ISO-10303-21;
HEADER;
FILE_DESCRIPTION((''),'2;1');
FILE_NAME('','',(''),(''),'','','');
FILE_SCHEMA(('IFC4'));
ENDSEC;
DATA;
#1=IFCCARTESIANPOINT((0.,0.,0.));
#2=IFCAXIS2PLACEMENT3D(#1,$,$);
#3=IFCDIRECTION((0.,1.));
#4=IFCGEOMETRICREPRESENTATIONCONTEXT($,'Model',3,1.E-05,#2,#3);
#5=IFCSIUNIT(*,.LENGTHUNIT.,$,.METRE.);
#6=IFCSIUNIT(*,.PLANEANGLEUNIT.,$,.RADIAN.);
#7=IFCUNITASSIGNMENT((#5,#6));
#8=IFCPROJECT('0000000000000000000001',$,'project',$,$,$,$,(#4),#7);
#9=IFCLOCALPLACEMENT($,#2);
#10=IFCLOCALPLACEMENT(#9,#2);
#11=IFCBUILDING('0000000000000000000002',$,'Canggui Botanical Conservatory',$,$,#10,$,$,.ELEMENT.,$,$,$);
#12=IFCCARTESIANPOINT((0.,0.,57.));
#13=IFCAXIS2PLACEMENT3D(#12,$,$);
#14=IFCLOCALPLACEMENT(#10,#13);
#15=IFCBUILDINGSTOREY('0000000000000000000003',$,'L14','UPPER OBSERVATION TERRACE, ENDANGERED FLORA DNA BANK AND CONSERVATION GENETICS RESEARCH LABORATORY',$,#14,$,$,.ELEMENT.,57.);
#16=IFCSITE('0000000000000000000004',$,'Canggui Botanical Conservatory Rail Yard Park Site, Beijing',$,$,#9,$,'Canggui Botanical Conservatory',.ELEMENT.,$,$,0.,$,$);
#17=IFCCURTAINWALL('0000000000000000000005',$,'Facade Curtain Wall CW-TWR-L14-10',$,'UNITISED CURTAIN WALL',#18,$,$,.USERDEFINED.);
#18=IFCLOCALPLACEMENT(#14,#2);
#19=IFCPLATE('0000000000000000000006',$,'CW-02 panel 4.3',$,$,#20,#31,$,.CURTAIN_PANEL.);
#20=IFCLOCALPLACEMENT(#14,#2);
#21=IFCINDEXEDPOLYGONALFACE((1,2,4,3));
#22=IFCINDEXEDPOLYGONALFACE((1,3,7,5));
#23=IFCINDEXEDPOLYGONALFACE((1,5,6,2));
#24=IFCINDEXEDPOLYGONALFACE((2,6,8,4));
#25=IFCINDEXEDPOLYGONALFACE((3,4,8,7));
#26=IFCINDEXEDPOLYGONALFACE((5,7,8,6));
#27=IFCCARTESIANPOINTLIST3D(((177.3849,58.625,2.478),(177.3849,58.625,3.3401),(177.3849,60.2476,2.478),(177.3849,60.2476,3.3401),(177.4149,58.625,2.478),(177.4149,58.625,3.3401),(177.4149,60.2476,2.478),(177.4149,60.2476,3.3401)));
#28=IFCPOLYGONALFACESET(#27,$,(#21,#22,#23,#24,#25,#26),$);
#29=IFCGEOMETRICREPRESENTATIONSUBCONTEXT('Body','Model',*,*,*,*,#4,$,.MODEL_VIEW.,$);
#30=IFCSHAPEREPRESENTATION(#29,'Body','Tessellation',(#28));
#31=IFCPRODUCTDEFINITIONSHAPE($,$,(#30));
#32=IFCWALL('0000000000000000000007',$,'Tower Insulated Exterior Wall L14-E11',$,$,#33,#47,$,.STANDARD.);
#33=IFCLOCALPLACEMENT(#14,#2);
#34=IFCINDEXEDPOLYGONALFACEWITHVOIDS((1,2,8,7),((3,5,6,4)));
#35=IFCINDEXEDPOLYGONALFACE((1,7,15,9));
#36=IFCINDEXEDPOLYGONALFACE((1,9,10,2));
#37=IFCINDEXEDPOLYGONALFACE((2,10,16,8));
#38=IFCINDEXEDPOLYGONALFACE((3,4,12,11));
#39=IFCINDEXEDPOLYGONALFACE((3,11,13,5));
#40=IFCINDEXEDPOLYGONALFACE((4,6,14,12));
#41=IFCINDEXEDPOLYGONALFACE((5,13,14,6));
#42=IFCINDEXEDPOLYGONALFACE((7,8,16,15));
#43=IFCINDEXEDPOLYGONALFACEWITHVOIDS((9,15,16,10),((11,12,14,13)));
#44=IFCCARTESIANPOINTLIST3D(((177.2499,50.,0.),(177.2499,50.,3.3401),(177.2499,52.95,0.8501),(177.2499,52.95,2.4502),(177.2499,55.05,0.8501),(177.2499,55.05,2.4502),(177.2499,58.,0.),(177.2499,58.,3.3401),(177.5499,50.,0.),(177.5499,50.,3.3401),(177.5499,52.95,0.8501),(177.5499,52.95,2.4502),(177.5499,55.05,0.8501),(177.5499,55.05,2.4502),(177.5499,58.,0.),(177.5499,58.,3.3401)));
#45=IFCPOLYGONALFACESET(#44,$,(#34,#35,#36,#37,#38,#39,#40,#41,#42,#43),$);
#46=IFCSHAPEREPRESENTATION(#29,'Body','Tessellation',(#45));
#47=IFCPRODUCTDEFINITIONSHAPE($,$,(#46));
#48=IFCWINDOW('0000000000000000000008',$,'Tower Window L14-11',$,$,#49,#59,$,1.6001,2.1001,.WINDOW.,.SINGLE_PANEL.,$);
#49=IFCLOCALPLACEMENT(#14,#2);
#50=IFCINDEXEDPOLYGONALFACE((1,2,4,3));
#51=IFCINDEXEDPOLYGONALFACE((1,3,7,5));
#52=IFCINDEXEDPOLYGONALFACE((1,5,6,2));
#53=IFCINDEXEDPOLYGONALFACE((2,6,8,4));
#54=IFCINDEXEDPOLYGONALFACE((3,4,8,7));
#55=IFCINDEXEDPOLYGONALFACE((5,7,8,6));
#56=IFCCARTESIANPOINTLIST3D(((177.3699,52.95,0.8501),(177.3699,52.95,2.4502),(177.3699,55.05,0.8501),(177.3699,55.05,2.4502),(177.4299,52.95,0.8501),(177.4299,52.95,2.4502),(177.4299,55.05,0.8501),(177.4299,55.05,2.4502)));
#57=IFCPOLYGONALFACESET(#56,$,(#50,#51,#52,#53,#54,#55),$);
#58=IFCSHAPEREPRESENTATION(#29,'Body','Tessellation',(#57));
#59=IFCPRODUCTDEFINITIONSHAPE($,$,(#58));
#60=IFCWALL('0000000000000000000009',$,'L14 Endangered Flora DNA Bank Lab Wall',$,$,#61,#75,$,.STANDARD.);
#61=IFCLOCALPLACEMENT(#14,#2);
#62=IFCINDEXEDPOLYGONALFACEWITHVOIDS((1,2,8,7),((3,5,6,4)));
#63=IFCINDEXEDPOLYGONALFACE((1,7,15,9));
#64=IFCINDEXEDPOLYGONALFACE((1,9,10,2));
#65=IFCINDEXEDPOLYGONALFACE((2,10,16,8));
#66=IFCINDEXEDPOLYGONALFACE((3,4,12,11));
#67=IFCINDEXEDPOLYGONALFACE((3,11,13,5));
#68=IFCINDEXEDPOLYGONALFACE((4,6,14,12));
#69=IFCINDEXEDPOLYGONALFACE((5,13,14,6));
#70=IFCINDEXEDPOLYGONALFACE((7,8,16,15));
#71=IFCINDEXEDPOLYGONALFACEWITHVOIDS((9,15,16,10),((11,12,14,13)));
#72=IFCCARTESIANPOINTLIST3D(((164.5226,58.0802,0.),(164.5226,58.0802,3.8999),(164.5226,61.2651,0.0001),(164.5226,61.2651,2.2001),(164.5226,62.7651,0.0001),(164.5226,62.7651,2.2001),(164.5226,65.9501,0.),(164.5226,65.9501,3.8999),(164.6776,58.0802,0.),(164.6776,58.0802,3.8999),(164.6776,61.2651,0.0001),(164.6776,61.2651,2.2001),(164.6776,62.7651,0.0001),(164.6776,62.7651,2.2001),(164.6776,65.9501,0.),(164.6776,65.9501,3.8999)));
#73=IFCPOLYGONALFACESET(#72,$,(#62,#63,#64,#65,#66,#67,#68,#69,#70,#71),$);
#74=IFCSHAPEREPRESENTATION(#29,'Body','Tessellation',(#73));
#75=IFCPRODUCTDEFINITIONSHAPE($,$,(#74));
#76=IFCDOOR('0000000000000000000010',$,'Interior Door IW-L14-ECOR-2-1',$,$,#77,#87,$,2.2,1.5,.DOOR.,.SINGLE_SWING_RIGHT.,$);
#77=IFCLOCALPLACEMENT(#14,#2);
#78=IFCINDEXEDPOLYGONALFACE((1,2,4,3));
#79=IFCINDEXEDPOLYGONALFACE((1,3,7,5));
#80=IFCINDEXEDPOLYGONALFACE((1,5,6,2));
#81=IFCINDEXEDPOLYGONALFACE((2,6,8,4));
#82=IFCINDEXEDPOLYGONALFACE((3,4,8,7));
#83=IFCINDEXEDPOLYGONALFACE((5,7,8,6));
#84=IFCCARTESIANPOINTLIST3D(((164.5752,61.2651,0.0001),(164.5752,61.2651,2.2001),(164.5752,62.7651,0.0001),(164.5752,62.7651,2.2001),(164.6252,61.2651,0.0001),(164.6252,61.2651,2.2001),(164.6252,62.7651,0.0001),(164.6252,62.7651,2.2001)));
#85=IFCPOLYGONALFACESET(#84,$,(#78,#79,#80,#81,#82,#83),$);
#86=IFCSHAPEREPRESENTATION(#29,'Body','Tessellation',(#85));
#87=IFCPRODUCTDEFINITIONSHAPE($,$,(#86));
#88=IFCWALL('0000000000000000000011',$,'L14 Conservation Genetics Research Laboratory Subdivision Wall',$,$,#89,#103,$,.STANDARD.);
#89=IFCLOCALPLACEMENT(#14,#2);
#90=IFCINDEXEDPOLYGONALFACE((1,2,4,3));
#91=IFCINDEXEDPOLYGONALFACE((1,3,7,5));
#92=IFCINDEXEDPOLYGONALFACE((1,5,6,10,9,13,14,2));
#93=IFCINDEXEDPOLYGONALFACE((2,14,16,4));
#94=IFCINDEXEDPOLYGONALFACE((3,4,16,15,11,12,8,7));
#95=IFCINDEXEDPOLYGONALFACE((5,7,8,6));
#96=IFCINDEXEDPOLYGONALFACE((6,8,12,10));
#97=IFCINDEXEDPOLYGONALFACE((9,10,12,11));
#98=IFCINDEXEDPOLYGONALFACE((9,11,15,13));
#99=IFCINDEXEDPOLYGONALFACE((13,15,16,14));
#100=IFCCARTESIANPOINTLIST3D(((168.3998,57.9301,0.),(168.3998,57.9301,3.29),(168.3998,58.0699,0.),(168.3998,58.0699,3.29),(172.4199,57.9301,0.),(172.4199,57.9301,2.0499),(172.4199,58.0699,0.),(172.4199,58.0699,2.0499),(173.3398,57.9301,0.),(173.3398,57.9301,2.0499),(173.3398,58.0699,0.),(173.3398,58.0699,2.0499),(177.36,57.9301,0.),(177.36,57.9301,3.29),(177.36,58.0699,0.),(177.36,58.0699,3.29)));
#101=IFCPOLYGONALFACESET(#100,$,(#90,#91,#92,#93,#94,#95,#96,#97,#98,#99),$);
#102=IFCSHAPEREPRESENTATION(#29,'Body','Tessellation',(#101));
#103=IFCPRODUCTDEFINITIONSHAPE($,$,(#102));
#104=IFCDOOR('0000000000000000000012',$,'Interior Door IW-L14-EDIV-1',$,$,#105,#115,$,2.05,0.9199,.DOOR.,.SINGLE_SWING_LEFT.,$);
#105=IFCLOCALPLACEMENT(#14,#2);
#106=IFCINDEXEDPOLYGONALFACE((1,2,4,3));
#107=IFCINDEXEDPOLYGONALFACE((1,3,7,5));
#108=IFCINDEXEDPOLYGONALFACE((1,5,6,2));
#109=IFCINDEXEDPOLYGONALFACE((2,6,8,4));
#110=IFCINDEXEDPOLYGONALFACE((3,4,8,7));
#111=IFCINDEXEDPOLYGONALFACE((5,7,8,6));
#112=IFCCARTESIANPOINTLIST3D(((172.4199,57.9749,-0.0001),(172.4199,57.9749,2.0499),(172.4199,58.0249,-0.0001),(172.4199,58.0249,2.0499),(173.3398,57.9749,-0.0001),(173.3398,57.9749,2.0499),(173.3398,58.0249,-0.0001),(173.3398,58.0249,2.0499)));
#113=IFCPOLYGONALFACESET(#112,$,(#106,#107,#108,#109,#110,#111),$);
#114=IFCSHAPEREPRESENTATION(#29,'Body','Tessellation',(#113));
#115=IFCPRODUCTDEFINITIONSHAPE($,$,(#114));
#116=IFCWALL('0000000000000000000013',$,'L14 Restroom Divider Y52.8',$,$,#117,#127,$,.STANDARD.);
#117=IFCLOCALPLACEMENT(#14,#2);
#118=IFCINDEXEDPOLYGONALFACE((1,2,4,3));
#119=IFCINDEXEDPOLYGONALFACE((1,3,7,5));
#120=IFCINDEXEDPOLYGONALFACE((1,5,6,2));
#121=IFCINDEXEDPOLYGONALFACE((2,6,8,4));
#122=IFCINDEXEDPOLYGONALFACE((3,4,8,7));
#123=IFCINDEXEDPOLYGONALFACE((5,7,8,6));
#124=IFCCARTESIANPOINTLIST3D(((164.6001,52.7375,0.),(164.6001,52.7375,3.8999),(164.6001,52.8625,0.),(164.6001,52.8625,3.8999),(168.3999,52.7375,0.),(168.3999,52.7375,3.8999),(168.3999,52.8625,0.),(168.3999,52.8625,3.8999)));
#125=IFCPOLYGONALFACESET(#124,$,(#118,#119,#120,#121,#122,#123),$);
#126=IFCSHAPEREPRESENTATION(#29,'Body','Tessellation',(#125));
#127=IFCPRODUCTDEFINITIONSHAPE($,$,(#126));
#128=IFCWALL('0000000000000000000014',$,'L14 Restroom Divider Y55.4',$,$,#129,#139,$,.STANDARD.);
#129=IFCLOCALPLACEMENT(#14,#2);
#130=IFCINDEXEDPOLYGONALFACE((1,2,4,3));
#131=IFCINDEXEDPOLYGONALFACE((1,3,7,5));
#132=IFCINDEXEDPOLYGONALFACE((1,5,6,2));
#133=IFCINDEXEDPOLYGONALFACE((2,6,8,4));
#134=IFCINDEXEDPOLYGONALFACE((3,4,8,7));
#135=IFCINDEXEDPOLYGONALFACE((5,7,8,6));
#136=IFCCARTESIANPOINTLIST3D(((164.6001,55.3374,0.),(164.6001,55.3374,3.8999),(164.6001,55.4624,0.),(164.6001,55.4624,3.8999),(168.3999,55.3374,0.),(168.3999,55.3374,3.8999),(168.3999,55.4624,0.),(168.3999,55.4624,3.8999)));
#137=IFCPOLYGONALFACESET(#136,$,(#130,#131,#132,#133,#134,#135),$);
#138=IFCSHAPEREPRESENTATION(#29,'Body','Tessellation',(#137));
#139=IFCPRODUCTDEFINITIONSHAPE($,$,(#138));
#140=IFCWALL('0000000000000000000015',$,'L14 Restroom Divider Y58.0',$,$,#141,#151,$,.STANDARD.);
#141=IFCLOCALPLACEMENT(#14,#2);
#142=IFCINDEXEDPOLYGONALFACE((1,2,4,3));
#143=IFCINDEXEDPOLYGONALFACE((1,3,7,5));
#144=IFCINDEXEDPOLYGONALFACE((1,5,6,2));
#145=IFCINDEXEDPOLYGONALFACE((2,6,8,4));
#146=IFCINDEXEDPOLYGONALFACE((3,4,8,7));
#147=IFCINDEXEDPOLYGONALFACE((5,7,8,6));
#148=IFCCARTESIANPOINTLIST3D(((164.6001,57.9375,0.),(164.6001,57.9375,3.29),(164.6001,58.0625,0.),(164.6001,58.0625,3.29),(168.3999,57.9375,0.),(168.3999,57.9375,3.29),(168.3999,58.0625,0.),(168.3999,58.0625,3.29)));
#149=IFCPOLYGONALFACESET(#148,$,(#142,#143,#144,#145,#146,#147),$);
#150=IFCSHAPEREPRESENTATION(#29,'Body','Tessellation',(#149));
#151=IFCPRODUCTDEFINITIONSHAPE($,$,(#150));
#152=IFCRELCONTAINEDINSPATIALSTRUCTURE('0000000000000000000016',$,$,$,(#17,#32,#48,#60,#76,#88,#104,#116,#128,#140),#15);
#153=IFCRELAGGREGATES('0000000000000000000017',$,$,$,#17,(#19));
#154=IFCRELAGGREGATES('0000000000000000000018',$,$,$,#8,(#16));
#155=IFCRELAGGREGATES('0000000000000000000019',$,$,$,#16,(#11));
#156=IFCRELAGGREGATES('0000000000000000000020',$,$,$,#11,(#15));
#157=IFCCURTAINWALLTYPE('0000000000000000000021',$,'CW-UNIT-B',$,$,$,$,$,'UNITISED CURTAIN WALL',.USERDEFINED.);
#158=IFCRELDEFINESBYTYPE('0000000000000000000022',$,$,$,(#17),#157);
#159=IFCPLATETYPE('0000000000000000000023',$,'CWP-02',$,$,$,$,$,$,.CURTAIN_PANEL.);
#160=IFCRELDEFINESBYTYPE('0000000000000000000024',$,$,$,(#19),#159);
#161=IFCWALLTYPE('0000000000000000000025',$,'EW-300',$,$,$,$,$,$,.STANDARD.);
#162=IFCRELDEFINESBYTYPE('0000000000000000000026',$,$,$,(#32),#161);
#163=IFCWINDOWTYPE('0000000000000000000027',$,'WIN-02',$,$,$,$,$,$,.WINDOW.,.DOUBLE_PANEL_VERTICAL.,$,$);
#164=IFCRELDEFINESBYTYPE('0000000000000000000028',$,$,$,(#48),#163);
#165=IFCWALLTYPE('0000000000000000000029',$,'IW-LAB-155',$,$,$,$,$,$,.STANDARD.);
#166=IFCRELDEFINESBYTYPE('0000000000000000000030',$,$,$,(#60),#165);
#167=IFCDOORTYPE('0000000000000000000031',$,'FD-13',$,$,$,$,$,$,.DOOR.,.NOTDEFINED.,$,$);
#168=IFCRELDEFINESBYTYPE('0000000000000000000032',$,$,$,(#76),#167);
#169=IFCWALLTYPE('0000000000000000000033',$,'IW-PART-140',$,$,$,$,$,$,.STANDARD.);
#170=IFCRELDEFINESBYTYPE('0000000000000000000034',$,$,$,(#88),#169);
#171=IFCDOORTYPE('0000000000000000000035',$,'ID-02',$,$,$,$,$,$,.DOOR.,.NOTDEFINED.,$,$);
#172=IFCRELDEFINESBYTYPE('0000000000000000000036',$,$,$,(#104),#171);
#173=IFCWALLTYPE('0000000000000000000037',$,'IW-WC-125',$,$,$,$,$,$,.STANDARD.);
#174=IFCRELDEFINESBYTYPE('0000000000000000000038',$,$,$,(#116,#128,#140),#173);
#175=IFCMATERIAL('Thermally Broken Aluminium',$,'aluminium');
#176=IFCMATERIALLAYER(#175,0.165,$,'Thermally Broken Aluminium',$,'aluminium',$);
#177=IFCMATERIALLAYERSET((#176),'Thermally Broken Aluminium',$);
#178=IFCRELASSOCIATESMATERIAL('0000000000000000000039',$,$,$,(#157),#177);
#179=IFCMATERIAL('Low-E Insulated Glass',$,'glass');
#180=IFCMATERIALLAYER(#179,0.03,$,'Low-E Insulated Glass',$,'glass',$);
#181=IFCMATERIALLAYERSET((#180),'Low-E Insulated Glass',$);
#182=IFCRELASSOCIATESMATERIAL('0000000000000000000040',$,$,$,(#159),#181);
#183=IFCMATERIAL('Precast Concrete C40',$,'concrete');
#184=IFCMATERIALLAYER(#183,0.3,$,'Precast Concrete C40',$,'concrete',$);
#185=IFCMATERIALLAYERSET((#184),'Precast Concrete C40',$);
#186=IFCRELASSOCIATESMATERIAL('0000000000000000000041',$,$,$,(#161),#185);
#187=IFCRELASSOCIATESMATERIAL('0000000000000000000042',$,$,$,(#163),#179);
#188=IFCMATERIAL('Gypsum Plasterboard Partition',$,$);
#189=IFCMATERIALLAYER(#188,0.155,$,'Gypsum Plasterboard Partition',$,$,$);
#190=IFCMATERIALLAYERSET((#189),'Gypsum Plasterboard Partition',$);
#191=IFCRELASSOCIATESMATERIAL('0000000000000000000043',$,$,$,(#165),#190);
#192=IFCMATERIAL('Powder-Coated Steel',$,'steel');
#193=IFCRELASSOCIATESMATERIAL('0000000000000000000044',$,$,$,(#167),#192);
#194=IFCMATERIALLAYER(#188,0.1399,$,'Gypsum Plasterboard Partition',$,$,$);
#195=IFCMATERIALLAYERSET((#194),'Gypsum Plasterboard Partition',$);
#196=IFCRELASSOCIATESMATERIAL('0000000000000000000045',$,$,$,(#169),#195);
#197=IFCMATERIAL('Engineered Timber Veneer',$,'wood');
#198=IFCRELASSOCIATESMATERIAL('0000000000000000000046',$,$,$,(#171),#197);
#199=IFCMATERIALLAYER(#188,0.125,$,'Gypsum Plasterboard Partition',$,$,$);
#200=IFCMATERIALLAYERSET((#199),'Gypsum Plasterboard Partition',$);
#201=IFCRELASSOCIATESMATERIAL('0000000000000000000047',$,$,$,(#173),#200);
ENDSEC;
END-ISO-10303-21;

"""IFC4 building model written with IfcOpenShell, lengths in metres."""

from ifc_helpers import new_model, si_unit, direction, frame, frame_2d, origin, origin_2d, place, context, subcontext, project, spatial, rectangle, extrude, material, layer, layer_set, type_object, element, fill, aggregate, save


model = new_model("IFC4")

# Units and contexts
model_context = context("Model", 3, precision=1e-05, world=origin(), true_north=direction((0.0, 1.0)))
body_context = subcontext(model_context, "Body", "Model", "MODEL_VIEW")
ifc_project = project(units=[si_unit("LENGTHUNIT", "METRE"), si_unit("PLANEANGLEUNIT", "RADIAN")], contexts=[model_context])

# Site, building, storey
site_placement = place(None, origin())
site = spatial("IfcSite", under=ifc_project, at=site_placement, Name="Canggui Botanical Conservatory Rail Yard Park Site, Beijing", LongName="Canggui Botanical Conservatory", CompositionType="ELEMENT", RefElevation=0.0)
building_placement = place(site_placement, origin())
building = spatial("IfcBuilding", under=site, at=building_placement, Name="Canggui Botanical Conservatory", CompositionType="ELEMENT")
storey_placement = place(building_placement, frame((0.0, 0.0, 57.0)))
storey = spatial("IfcBuildingStorey", under=building, at=storey_placement, Name="L14", Description="UPPER OBSERVATION TERRACE, ENDANGERED FLORA DNA BANK AND CONSERVATION GENETICS RESEARCH LABORATORY", CompositionType="ELEMENT", Elevation=57.0)

# Curtain wall, plate
ifc_material_1 = material(Name="Thermally Broken Aluminium", Category="aluminium")
ifc_layer_1 = layer(ifc_material_1, 0.165, Name="Thermally Broken Aluminium", Category="aluminium")
ifc_layer_set_1 = layer_set([ifc_layer_1], Name="Thermally Broken Aluminium")
curtain_wall_type = type_object("IfcCurtainWallType", Name="CW-UNIT-B", ElementType="UNITISED CURTAIN WALL", PredefinedType="USERDEFINED", material=ifc_layer_set_1)
curtain_wall_placement = place(storey_placement, origin())
curtain_wall = element("IfcCurtainWall", 1, at=curtain_wall_placement, inside=storey, type_object=curtain_wall_type, Name="Facade Curtain Wall CW-TWR-L14-10", ObjectType="UNITISED CURTAIN WALL", PredefinedType="USERDEFINED")
ifc_material_2 = material(Name="Low-E Insulated Glass", Category="glass")
ifc_layer_2 = layer(ifc_material_2, 0.03, Name="Low-E Insulated Glass", Category="glass")
ifc_layer_set_2 = layer_set([ifc_layer_2], Name="Low-E Insulated Glass")
plate_type = type_object("IfcPlateType", Name="CWP-02", PredefinedType="CURTAIN_PANEL", material=ifc_layer_set_2)
plate_1_placement = place(storey_placement, frame((177.3999, 59.4363, 2.478), z_axis=(0.0, 0.0, 1.0), x_axis=(0.0, -1.0, 0.0)))
plate_1 = element("IfcPlate", 2, at=plate_1_placement, type_object=plate_type, Name="CW-02 panel 4.3", PredefinedType="CURTAIN_PANEL", context=body_context, shape_type="SweptSolid", body=[
    extrude(rectangle(XDim=1.6226, YDim=0.03, at=origin_2d()), origin(), (0.0, 0.0, 1.0), 0.8621),
])
aggregate(curtain_wall, [plate_1])

# Wall, opening, window
ifc_material_3 = material(Name="Precast Concrete C40", Category="concrete")
ifc_layer_3 = layer(ifc_material_3, 0.3, Name="Precast Concrete C40", Category="concrete")
ifc_layer_set_3 = layer_set([ifc_layer_3], Name="Precast Concrete C40")
wall_type_1 = type_object("IfcWallType", Name="EW-300", PredefinedType="STANDARD", material=ifc_layer_set_3)
wall_1_placement = place(storey_placement, frame((177.3999, 58.0, 0.0), z_axis=(0.0, 0.0, 1.0), x_axis=(0.0, -1.0, 0.0)))
wall_1 = element("IfcWall", 3, at=wall_1_placement, inside=storey, type_object=wall_type_1, Name="Tower Insulated Exterior Wall L14-E11", PredefinedType="STANDARD", context=body_context, shape_type="SweptSolid", body=[
    extrude(rectangle(XDim=8.0, YDim=0.3, at=frame_2d((4.0, 0.0))), origin(), (0.0, 0.0, 1.0), 3.3401),
])
opening_1_placement = place(wall_1_placement, frame((2.95, 0.0, 0.8501)))
opening_1 = element("IfcOpeningElement", 4, at=opening_1_placement, cuts=wall_1, PredefinedType="OPENING", context=body_context, shape_type="SweptSolid", body=[
    extrude(rectangle(XDim=2.1001, YDim=1.6001, at=frame_2d((1.05, 0.8))), frame((0.0, 0.1602, 0.0), z_axis=(0.0, -1.0, 0.0), x_axis=(1.0, 0.0, 0.0)), (0.0, 0.0, 1.0), 0.3201),
])
window_type = type_object("IfcWindowType", Name="WIN-02", PartitioningType="DOUBLE_PANEL_VERTICAL", PredefinedType="WINDOW", material=ifc_material_2)
window_placement = place(opening_1_placement, origin())
window = element("IfcWindow", 5, at=window_placement, inside=storey, type_object=window_type, Name="Tower Window L14-11", OverallHeight=1.6001, OverallWidth=2.1001, PartitioningType="SINGLE_PANEL", PredefinedType="WINDOW", context=body_context, shape_type="SweptSolid", body=[
    extrude(rectangle(XDim=2.1001, YDim=1.6001, at=frame_2d((1.05, 0.8))), frame((0.0, 0.03, 0.0), z_axis=(0.0, -1.0, 0.0), x_axis=(1.0, 0.0, 0.0)), (0.0, 0.0, 1.0), 0.0601),
])
fill(opening_1, window)

# Walls, openings, doors
ifc_material_4 = material(Name="Gypsum Plasterboard Partition")
ifc_layer_4 = layer(ifc_material_4, 0.155, Name="Gypsum Plasterboard Partition")
ifc_layer_set_4 = layer_set([ifc_layer_4], Name="Gypsum Plasterboard Partition")
wall_type_2 = type_object("IfcWallType", Name="IW-LAB-155", PredefinedType="STANDARD", material=ifc_layer_set_4)
wall_2_placement = place(storey_placement, frame((164.6001, 58.0801, 0.0), z_axis=(0.0, 0.0, 1.0), x_axis=(0.0, 1.0, 0.0)))
wall_2 = element("IfcWall", 6, at=wall_2_placement, inside=storey, type_object=wall_type_2, Name="L14 Endangered Flora DNA Bank Lab Wall", PredefinedType="STANDARD", context=body_context, shape_type="SweptSolid", body=[
    extrude(rectangle(XDim=7.8699, YDim=0.155, at=frame_2d((3.9351, 0.0))), origin(), (0.0, 0.0, 1.0), 3.8999),
])
opening_2_placement = place(wall_2_placement, frame((3.1851, 0.0, 0.0)))
opening_2 = element("IfcOpeningElement", 7, at=opening_2_placement, cuts=wall_2, PredefinedType="OPENING", context=body_context, shape_type="SweptSolid", body=[
    extrude(rectangle(XDim=1.5, YDim=2.2, at=frame_2d((0.75, 1.1001))), frame((0.0, 0.0874, 0.0), z_axis=(0.0, -1.0, 0.0), x_axis=(1.0, 0.0, 0.0)), (0.0, 0.0, 1.0), 0.175),
])
ifc_material_5 = material(Name="Powder-Coated Steel", Category="steel")
door_type_1 = type_object("IfcDoorType", Name="FD-13", OperationType="NOTDEFINED", PredefinedType="DOOR", material=ifc_material_5)
door_1_placement = place(opening_2_placement, origin())
door_1 = element("IfcDoor", 8, at=door_1_placement, inside=storey, type_object=door_type_1, Name="Interior Door IW-L14-ECOR-2-1", OperationType="SINGLE_SWING_RIGHT", OverallHeight=2.2, OverallWidth=1.5, PredefinedType="DOOR", context=body_context, shape_type="SweptSolid", body=[
    extrude(rectangle(XDim=1.5, YDim=2.2, at=frame_2d((0.75, 1.1001))), frame((0.0, 0.0249, 0.0), z_axis=(0.0, -1.0, 0.0), x_axis=(1.0, 0.0, 0.0)), (0.0, 0.0, 1.0), 0.05),
])
fill(opening_2, door_1)
ifc_layer_5 = layer(ifc_material_4, 0.1399, Name="Gypsum Plasterboard Partition")
ifc_layer_set_5 = layer_set([ifc_layer_5], Name="Gypsum Plasterboard Partition")
wall_type_3 = type_object("IfcWallType", Name="IW-PART-140", PredefinedType="STANDARD", material=ifc_layer_set_5)
wall_3_placement = place(storey_placement, frame((168.3999, 58.0, 0.0), z_axis=(0.0, 0.0, 1.0), x_axis=(1.0, 0.0, 0.0)))
wall_3 = element("IfcWall", 9, at=wall_3_placement, inside=storey, type_object=wall_type_3, Name="L14 Conservation Genetics Research Laboratory Subdivision Wall", PredefinedType="STANDARD", context=body_context, shape_type="SweptSolid", body=[
    extrude(rectangle(XDim=8.9602, YDim=0.1399, at=frame_2d((4.48, 0.0))), origin(), (0.0, 0.0, 1.0), 3.29),
])
opening_3_placement = place(wall_3_placement, frame((4.02, 0.0, 0.0)))
opening_3 = element("IfcOpeningElement", 10, at=opening_3_placement, cuts=wall_3, PredefinedType="OPENING", context=body_context, shape_type="SweptSolid", body=[
    extrude(rectangle(XDim=0.9199, YDim=2.05, at=frame_2d((0.46, 1.0249))), frame((0.0, 0.0801, 0.0), z_axis=(0.0, -1.0, 0.0), x_axis=(1.0, 0.0, 0.0)), (0.0, 0.0, 1.0), 0.1599),
])
ifc_material_6 = material(Name="Engineered Timber Veneer", Category="wood")
door_type_2 = type_object("IfcDoorType", Name="ID-02", OperationType="NOTDEFINED", PredefinedType="DOOR", material=ifc_material_6)
door_2_placement = place(opening_3_placement, origin())
door_2 = element("IfcDoor", 11, at=door_2_placement, inside=storey, type_object=door_type_2, Name="Interior Door IW-L14-EDIV-1", OperationType="SINGLE_SWING_LEFT", OverallHeight=2.05, OverallWidth=0.9199, PredefinedType="DOOR", context=body_context, shape_type="SweptSolid", body=[
    extrude(rectangle(XDim=0.9199, YDim=2.05, at=frame_2d((0.46, 1.0249))), frame((0.0, 0.0249, 0.0), z_axis=(0.0, -1.0, 0.0), x_axis=(1.0, 0.0, 0.0)), (0.0, 0.0, 1.0), 0.05),
])
fill(opening_3, door_2)

# Walls
ifc_layer_6 = layer(ifc_material_4, 0.125, Name="Gypsum Plasterboard Partition")
ifc_layer_set_6 = layer_set([ifc_layer_6], Name="Gypsum Plasterboard Partition")
wall_type_4 = type_object("IfcWallType", Name="IW-WC-125", PredefinedType="STANDARD", material=ifc_layer_set_6)
for number, where, z_axis, x_axis, name in (
    (12, (164.6001, 52.8, 0.0), (0.0, 0.0, 1.0), (1.0, 0.0, 0.0), "L14 Restroom Divider Y52.8"),
    (13, (164.6001, 55.3999, 0.0), (0.0, 0.0, 1.0), (1.0, 0.0, 0.0), "L14 Restroom Divider Y55.4"),
):
    element("IfcWall", number, at=place(storey_placement, frame(where, z_axis=z_axis, x_axis=x_axis)), inside=storey, type_object=wall_type_4, Name=name, PredefinedType="STANDARD", context=body_context, shape_type="SweptSolid", body=[
        extrude(rectangle(XDim=3.7998, YDim=0.125, at=frame_2d((1.8999, 0.0))), origin(), (0.0, 0.0, 1.0), 3.8999),
    ])
wall_4_placement = place(storey_placement, frame((164.6001, 58.0, 0.0), z_axis=(0.0, 0.0, 1.0), x_axis=(1.0, 0.0, 0.0)))
element("IfcWall", 14, at=wall_4_placement, inside=storey, type_object=wall_type_4, Name="L14 Restroom Divider Y58.0", PredefinedType="STANDARD", context=body_context, shape_type="SweptSolid", body=[
    extrude(rectangle(XDim=3.7998, YDim=0.125, at=frame_2d((1.8999, 0.0))), origin(), (0.0, 0.0, 1.0), 3.29),
])

save(model, "model.ifc")
